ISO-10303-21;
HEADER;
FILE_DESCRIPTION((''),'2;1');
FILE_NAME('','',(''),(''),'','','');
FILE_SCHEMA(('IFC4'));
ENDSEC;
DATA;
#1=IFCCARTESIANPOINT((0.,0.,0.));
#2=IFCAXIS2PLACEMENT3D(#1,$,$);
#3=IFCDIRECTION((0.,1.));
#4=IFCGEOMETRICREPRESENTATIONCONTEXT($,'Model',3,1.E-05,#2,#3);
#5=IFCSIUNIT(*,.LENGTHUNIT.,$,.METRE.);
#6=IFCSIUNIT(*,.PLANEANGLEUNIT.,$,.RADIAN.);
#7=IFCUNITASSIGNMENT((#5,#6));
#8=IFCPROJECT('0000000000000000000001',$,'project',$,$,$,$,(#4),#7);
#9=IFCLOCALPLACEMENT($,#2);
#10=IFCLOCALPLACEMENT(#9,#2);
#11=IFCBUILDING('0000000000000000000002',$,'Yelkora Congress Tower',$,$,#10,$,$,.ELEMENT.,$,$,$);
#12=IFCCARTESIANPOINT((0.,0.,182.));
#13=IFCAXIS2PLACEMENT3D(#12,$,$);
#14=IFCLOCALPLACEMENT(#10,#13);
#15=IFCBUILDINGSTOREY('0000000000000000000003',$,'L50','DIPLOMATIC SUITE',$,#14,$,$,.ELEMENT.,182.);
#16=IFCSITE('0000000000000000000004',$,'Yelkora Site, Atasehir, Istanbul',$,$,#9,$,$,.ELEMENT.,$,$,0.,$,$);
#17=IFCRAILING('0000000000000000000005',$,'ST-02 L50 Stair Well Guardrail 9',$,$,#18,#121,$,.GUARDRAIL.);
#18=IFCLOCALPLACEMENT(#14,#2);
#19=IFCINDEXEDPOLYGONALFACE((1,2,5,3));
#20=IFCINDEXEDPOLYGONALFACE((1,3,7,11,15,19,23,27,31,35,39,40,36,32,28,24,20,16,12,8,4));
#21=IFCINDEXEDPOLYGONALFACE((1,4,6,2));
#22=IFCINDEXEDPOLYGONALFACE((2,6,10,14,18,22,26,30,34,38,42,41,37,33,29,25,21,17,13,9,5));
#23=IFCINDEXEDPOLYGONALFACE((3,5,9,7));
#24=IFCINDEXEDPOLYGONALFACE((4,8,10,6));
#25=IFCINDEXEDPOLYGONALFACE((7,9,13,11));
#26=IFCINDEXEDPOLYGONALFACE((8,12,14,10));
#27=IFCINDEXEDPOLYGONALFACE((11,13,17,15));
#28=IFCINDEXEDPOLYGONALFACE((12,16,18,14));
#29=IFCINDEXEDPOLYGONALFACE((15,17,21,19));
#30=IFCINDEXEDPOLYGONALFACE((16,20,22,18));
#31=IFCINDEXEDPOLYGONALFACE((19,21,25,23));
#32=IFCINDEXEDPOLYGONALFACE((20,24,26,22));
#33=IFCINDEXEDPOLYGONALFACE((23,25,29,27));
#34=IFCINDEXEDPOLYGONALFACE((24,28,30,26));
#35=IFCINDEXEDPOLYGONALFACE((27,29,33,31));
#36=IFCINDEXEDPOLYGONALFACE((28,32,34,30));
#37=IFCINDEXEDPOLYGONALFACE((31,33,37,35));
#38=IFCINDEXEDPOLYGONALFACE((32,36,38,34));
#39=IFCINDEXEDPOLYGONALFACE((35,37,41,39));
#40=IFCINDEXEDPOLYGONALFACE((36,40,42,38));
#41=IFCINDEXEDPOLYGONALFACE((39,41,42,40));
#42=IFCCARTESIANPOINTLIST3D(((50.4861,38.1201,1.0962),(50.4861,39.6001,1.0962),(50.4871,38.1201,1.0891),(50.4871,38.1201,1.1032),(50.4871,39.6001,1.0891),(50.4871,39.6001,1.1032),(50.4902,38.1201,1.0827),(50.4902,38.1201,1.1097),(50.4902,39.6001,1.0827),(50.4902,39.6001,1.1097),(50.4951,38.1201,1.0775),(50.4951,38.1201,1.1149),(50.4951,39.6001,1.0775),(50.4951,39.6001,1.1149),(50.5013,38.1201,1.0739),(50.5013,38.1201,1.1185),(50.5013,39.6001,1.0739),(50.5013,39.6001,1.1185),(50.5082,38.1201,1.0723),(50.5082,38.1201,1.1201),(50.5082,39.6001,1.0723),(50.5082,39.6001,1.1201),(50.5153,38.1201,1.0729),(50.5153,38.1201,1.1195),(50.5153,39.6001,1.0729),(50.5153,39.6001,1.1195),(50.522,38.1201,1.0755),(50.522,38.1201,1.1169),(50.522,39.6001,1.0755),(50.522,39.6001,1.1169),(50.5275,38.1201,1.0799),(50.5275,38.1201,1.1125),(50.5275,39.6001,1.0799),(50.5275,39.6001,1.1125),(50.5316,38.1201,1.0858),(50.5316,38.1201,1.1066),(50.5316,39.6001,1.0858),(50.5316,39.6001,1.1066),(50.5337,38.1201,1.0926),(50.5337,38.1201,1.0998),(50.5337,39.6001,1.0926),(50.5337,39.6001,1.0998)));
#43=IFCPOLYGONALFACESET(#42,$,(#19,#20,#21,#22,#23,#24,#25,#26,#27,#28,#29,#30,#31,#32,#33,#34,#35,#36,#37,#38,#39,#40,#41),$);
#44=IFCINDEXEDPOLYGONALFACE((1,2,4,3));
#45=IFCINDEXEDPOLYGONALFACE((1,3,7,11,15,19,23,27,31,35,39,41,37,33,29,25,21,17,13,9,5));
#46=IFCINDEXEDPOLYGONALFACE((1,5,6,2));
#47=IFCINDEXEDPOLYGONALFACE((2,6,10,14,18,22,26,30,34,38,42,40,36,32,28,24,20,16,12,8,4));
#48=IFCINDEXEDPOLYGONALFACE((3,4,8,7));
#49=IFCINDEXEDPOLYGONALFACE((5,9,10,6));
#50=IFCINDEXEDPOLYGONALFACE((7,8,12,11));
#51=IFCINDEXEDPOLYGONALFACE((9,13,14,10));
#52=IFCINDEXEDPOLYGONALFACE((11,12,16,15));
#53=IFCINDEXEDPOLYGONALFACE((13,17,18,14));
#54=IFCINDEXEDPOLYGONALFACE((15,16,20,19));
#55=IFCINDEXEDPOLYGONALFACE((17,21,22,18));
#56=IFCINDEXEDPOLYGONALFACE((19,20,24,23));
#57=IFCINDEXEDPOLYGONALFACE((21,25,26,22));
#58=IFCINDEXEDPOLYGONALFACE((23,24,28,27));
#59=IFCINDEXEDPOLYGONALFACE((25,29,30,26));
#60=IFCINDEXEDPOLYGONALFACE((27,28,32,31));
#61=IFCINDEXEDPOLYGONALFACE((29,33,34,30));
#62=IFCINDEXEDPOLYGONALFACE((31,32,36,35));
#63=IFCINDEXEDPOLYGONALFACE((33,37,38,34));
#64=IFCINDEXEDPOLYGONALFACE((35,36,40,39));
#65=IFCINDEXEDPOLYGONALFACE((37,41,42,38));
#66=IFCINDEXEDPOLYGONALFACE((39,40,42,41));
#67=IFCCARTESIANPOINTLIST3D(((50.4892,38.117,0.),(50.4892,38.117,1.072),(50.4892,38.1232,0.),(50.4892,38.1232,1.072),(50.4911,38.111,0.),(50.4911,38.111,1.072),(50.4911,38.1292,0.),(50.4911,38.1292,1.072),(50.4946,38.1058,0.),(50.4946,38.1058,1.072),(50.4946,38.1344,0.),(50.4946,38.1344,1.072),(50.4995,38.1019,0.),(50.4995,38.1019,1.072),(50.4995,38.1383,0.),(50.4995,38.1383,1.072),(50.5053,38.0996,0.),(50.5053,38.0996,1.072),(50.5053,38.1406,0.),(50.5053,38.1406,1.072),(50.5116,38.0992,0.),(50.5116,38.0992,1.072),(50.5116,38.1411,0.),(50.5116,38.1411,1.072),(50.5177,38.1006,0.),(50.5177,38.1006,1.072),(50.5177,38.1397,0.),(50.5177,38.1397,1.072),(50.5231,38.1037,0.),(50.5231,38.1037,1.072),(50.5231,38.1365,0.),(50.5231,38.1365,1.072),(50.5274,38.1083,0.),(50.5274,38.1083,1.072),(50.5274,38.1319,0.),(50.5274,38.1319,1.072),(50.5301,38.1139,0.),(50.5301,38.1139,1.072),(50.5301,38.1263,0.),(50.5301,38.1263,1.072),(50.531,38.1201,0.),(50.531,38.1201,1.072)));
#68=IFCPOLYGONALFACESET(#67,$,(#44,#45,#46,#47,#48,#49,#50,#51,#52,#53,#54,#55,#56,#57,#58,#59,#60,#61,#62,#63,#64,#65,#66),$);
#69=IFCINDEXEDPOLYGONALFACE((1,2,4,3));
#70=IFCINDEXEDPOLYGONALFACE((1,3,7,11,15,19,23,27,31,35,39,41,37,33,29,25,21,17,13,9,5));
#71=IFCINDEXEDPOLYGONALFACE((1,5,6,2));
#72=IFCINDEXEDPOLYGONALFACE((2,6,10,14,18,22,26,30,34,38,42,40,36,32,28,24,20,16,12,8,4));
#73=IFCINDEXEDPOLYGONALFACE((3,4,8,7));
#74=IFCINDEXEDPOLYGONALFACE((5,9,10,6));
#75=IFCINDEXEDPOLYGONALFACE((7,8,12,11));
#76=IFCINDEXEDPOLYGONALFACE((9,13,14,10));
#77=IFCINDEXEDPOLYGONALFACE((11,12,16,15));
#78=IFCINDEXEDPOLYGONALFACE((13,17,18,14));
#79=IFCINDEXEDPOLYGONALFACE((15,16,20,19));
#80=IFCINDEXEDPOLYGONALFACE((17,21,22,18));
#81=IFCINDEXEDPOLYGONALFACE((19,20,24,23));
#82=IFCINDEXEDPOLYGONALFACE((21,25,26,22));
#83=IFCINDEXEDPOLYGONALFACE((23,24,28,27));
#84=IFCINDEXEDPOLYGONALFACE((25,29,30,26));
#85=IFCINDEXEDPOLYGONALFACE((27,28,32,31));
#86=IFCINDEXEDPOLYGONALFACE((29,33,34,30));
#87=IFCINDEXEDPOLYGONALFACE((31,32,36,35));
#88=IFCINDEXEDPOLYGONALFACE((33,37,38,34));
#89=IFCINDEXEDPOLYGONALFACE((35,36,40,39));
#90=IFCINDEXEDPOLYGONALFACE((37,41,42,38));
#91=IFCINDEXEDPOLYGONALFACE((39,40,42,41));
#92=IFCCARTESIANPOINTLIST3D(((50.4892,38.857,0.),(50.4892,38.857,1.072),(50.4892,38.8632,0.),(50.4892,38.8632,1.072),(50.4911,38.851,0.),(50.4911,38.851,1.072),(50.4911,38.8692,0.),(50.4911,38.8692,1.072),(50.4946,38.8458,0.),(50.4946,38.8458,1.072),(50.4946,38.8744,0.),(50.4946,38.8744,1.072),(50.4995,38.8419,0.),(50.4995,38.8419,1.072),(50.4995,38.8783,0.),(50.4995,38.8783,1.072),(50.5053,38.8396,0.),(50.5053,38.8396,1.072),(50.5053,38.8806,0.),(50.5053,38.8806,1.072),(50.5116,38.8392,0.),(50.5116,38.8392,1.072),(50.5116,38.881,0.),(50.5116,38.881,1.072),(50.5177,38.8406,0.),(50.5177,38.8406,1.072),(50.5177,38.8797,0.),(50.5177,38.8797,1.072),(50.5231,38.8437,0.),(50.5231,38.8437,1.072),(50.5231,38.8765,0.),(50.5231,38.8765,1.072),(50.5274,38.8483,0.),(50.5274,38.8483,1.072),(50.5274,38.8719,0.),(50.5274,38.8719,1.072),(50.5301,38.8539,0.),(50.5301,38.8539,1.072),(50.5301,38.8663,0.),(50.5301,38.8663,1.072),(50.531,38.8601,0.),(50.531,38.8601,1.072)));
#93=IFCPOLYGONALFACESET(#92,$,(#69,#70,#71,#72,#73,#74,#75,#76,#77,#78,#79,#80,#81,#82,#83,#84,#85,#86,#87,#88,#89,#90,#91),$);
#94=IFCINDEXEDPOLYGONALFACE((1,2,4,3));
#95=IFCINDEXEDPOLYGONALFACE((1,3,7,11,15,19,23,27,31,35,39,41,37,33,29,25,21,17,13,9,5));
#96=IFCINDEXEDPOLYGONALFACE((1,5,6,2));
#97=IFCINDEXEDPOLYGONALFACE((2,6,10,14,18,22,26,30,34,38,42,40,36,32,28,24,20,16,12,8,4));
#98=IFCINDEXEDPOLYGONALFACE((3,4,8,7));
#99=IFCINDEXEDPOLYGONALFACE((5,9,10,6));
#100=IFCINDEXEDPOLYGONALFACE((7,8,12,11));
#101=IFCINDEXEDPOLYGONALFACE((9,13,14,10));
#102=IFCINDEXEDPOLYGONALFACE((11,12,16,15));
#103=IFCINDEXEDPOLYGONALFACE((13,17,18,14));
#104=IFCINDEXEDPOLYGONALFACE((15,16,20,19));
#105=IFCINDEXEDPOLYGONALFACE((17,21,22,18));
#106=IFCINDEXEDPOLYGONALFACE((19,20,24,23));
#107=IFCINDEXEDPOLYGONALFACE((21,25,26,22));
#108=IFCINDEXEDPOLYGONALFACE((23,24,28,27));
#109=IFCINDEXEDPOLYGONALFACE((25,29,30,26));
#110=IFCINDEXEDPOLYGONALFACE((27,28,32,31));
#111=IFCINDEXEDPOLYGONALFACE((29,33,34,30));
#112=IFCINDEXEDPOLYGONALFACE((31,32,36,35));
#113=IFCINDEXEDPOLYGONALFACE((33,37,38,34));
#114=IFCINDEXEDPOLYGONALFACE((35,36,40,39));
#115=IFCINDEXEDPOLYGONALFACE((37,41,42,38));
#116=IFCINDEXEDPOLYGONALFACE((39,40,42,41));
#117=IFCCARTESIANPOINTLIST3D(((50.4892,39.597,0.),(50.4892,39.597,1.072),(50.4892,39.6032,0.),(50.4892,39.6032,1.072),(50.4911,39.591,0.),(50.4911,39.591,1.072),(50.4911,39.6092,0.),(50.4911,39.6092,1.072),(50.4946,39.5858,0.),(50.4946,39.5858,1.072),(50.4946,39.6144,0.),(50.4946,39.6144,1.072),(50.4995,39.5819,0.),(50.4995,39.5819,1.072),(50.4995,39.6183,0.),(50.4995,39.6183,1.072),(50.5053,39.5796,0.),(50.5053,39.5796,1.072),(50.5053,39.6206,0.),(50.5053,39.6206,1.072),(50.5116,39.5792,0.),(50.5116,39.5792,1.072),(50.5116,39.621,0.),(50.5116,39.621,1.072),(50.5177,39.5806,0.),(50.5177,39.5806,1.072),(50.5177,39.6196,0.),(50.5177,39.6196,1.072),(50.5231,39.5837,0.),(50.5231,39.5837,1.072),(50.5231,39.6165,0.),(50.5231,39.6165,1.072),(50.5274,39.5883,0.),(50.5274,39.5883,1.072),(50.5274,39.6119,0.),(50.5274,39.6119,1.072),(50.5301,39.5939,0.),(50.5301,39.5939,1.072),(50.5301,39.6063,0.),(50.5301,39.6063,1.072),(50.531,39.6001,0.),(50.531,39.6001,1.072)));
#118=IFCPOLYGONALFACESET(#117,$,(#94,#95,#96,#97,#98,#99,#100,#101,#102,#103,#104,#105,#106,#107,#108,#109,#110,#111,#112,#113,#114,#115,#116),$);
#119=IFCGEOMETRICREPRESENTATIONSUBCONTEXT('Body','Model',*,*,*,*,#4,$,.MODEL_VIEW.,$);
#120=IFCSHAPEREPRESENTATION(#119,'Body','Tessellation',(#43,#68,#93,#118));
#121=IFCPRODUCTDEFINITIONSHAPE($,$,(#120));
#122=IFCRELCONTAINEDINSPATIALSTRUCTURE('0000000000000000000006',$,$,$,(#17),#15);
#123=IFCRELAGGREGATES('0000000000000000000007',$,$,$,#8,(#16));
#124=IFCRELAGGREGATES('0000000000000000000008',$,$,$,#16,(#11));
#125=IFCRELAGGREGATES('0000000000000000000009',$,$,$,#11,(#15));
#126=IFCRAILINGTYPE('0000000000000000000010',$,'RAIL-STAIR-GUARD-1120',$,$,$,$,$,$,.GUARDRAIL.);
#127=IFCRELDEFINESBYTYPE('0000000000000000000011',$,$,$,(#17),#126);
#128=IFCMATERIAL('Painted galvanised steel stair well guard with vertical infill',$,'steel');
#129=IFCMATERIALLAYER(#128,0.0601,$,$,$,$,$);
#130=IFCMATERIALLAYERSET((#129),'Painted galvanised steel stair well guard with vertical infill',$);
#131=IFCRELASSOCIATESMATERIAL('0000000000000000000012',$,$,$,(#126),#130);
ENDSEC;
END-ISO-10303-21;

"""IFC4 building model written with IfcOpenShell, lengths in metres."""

from ifc_helpers import new_model, si_unit, direction, frame, origin, origin_2d, place, context, subcontext, project, spatial, circle, extrude, material, layer, layer_set, type_object, element, save


model = new_model("IFC4")

# Units and contexts
model_context = context("Model", 3, precision=1e-05, world=origin(), true_north=direction((0.0, 1.0)))
body_context = subcontext(model_context, "Body", "Model", "MODEL_VIEW")
ifc_project = project(units=[si_unit("LENGTHUNIT", "METRE"), si_unit("PLANEANGLEUNIT", "RADIAN")], contexts=[model_context])

# Site, building, storey
site_placement = place(None, origin())
site = spatial("IfcSite", under=ifc_project, at=site_placement, Name="Yelkora Site, Atasehir, Istanbul", CompositionType="ELEMENT", RefElevation=0.0)
building_placement = place(site_placement, origin())
building = spatial("IfcBuilding", under=site, at=building_placement, Name="Yelkora Congress Tower", CompositionType="ELEMENT")
storey_placement = place(building_placement, frame((0.0, 0.0, 182.0)))
storey = spatial("IfcBuildingStorey", under=building, at=storey_placement, Name="L50", Description="DIPLOMATIC SUITE", CompositionType="ELEMENT", Elevation=182.0)

# Railing
ifc_material_1 = material(Name="Painted galvanised steel stair well guard with vertical infill", Category="steel")
ifc_layer_1 = layer(ifc_material_1, 0.0601)
ifc_layer_set_1 = layer_set([ifc_layer_1], Name="Painted galvanised steel stair well guard with vertical infill")
railing_type_1 = type_object("IfcRailingType", Name="RAIL-STAIR-GUARD-1120", PredefinedType="GUARDRAIL", material=ifc_layer_set_1)
for number, where, name in (
    (1, (50.51, 38.1201, 0.0), "ST-02 L50 Stair Well Guardrail 9"),
):
    element("IfcRailing", number, at=place(storey_placement, frame(where)), inside=storey, type_object=railing_type_1, Name=name, PredefinedType="GUARDRAIL", context=body_context, shape_type="SweptSolid", body=[
        extrude(circle(Radius=0.0239, at=origin_2d()), frame((0.0, 0.0, 1.0962), z_axis=(0.0, 1.0, 0.0), x_axis=(-1.0, 0.0, 0.0)), (0.0, 0.0, 1.0), 1.48),
        extrude(circle(Radius=0.021, at=origin_2d()), origin(), (0.0, 0.0, 1.0), 1.072),
        extrude(circle(Radius=0.021, at=origin_2d()), frame((0.0, 0.74, 0.0)), (0.0, 0.0, 1.0), 1.072),
        extrude(circle(Radius=0.021, at=origin_2d()), frame((0.0, 1.48, 0.0)), (0.0, 0.0, 1.0), 1.072),
    ])

save(model, "model.ifc")
